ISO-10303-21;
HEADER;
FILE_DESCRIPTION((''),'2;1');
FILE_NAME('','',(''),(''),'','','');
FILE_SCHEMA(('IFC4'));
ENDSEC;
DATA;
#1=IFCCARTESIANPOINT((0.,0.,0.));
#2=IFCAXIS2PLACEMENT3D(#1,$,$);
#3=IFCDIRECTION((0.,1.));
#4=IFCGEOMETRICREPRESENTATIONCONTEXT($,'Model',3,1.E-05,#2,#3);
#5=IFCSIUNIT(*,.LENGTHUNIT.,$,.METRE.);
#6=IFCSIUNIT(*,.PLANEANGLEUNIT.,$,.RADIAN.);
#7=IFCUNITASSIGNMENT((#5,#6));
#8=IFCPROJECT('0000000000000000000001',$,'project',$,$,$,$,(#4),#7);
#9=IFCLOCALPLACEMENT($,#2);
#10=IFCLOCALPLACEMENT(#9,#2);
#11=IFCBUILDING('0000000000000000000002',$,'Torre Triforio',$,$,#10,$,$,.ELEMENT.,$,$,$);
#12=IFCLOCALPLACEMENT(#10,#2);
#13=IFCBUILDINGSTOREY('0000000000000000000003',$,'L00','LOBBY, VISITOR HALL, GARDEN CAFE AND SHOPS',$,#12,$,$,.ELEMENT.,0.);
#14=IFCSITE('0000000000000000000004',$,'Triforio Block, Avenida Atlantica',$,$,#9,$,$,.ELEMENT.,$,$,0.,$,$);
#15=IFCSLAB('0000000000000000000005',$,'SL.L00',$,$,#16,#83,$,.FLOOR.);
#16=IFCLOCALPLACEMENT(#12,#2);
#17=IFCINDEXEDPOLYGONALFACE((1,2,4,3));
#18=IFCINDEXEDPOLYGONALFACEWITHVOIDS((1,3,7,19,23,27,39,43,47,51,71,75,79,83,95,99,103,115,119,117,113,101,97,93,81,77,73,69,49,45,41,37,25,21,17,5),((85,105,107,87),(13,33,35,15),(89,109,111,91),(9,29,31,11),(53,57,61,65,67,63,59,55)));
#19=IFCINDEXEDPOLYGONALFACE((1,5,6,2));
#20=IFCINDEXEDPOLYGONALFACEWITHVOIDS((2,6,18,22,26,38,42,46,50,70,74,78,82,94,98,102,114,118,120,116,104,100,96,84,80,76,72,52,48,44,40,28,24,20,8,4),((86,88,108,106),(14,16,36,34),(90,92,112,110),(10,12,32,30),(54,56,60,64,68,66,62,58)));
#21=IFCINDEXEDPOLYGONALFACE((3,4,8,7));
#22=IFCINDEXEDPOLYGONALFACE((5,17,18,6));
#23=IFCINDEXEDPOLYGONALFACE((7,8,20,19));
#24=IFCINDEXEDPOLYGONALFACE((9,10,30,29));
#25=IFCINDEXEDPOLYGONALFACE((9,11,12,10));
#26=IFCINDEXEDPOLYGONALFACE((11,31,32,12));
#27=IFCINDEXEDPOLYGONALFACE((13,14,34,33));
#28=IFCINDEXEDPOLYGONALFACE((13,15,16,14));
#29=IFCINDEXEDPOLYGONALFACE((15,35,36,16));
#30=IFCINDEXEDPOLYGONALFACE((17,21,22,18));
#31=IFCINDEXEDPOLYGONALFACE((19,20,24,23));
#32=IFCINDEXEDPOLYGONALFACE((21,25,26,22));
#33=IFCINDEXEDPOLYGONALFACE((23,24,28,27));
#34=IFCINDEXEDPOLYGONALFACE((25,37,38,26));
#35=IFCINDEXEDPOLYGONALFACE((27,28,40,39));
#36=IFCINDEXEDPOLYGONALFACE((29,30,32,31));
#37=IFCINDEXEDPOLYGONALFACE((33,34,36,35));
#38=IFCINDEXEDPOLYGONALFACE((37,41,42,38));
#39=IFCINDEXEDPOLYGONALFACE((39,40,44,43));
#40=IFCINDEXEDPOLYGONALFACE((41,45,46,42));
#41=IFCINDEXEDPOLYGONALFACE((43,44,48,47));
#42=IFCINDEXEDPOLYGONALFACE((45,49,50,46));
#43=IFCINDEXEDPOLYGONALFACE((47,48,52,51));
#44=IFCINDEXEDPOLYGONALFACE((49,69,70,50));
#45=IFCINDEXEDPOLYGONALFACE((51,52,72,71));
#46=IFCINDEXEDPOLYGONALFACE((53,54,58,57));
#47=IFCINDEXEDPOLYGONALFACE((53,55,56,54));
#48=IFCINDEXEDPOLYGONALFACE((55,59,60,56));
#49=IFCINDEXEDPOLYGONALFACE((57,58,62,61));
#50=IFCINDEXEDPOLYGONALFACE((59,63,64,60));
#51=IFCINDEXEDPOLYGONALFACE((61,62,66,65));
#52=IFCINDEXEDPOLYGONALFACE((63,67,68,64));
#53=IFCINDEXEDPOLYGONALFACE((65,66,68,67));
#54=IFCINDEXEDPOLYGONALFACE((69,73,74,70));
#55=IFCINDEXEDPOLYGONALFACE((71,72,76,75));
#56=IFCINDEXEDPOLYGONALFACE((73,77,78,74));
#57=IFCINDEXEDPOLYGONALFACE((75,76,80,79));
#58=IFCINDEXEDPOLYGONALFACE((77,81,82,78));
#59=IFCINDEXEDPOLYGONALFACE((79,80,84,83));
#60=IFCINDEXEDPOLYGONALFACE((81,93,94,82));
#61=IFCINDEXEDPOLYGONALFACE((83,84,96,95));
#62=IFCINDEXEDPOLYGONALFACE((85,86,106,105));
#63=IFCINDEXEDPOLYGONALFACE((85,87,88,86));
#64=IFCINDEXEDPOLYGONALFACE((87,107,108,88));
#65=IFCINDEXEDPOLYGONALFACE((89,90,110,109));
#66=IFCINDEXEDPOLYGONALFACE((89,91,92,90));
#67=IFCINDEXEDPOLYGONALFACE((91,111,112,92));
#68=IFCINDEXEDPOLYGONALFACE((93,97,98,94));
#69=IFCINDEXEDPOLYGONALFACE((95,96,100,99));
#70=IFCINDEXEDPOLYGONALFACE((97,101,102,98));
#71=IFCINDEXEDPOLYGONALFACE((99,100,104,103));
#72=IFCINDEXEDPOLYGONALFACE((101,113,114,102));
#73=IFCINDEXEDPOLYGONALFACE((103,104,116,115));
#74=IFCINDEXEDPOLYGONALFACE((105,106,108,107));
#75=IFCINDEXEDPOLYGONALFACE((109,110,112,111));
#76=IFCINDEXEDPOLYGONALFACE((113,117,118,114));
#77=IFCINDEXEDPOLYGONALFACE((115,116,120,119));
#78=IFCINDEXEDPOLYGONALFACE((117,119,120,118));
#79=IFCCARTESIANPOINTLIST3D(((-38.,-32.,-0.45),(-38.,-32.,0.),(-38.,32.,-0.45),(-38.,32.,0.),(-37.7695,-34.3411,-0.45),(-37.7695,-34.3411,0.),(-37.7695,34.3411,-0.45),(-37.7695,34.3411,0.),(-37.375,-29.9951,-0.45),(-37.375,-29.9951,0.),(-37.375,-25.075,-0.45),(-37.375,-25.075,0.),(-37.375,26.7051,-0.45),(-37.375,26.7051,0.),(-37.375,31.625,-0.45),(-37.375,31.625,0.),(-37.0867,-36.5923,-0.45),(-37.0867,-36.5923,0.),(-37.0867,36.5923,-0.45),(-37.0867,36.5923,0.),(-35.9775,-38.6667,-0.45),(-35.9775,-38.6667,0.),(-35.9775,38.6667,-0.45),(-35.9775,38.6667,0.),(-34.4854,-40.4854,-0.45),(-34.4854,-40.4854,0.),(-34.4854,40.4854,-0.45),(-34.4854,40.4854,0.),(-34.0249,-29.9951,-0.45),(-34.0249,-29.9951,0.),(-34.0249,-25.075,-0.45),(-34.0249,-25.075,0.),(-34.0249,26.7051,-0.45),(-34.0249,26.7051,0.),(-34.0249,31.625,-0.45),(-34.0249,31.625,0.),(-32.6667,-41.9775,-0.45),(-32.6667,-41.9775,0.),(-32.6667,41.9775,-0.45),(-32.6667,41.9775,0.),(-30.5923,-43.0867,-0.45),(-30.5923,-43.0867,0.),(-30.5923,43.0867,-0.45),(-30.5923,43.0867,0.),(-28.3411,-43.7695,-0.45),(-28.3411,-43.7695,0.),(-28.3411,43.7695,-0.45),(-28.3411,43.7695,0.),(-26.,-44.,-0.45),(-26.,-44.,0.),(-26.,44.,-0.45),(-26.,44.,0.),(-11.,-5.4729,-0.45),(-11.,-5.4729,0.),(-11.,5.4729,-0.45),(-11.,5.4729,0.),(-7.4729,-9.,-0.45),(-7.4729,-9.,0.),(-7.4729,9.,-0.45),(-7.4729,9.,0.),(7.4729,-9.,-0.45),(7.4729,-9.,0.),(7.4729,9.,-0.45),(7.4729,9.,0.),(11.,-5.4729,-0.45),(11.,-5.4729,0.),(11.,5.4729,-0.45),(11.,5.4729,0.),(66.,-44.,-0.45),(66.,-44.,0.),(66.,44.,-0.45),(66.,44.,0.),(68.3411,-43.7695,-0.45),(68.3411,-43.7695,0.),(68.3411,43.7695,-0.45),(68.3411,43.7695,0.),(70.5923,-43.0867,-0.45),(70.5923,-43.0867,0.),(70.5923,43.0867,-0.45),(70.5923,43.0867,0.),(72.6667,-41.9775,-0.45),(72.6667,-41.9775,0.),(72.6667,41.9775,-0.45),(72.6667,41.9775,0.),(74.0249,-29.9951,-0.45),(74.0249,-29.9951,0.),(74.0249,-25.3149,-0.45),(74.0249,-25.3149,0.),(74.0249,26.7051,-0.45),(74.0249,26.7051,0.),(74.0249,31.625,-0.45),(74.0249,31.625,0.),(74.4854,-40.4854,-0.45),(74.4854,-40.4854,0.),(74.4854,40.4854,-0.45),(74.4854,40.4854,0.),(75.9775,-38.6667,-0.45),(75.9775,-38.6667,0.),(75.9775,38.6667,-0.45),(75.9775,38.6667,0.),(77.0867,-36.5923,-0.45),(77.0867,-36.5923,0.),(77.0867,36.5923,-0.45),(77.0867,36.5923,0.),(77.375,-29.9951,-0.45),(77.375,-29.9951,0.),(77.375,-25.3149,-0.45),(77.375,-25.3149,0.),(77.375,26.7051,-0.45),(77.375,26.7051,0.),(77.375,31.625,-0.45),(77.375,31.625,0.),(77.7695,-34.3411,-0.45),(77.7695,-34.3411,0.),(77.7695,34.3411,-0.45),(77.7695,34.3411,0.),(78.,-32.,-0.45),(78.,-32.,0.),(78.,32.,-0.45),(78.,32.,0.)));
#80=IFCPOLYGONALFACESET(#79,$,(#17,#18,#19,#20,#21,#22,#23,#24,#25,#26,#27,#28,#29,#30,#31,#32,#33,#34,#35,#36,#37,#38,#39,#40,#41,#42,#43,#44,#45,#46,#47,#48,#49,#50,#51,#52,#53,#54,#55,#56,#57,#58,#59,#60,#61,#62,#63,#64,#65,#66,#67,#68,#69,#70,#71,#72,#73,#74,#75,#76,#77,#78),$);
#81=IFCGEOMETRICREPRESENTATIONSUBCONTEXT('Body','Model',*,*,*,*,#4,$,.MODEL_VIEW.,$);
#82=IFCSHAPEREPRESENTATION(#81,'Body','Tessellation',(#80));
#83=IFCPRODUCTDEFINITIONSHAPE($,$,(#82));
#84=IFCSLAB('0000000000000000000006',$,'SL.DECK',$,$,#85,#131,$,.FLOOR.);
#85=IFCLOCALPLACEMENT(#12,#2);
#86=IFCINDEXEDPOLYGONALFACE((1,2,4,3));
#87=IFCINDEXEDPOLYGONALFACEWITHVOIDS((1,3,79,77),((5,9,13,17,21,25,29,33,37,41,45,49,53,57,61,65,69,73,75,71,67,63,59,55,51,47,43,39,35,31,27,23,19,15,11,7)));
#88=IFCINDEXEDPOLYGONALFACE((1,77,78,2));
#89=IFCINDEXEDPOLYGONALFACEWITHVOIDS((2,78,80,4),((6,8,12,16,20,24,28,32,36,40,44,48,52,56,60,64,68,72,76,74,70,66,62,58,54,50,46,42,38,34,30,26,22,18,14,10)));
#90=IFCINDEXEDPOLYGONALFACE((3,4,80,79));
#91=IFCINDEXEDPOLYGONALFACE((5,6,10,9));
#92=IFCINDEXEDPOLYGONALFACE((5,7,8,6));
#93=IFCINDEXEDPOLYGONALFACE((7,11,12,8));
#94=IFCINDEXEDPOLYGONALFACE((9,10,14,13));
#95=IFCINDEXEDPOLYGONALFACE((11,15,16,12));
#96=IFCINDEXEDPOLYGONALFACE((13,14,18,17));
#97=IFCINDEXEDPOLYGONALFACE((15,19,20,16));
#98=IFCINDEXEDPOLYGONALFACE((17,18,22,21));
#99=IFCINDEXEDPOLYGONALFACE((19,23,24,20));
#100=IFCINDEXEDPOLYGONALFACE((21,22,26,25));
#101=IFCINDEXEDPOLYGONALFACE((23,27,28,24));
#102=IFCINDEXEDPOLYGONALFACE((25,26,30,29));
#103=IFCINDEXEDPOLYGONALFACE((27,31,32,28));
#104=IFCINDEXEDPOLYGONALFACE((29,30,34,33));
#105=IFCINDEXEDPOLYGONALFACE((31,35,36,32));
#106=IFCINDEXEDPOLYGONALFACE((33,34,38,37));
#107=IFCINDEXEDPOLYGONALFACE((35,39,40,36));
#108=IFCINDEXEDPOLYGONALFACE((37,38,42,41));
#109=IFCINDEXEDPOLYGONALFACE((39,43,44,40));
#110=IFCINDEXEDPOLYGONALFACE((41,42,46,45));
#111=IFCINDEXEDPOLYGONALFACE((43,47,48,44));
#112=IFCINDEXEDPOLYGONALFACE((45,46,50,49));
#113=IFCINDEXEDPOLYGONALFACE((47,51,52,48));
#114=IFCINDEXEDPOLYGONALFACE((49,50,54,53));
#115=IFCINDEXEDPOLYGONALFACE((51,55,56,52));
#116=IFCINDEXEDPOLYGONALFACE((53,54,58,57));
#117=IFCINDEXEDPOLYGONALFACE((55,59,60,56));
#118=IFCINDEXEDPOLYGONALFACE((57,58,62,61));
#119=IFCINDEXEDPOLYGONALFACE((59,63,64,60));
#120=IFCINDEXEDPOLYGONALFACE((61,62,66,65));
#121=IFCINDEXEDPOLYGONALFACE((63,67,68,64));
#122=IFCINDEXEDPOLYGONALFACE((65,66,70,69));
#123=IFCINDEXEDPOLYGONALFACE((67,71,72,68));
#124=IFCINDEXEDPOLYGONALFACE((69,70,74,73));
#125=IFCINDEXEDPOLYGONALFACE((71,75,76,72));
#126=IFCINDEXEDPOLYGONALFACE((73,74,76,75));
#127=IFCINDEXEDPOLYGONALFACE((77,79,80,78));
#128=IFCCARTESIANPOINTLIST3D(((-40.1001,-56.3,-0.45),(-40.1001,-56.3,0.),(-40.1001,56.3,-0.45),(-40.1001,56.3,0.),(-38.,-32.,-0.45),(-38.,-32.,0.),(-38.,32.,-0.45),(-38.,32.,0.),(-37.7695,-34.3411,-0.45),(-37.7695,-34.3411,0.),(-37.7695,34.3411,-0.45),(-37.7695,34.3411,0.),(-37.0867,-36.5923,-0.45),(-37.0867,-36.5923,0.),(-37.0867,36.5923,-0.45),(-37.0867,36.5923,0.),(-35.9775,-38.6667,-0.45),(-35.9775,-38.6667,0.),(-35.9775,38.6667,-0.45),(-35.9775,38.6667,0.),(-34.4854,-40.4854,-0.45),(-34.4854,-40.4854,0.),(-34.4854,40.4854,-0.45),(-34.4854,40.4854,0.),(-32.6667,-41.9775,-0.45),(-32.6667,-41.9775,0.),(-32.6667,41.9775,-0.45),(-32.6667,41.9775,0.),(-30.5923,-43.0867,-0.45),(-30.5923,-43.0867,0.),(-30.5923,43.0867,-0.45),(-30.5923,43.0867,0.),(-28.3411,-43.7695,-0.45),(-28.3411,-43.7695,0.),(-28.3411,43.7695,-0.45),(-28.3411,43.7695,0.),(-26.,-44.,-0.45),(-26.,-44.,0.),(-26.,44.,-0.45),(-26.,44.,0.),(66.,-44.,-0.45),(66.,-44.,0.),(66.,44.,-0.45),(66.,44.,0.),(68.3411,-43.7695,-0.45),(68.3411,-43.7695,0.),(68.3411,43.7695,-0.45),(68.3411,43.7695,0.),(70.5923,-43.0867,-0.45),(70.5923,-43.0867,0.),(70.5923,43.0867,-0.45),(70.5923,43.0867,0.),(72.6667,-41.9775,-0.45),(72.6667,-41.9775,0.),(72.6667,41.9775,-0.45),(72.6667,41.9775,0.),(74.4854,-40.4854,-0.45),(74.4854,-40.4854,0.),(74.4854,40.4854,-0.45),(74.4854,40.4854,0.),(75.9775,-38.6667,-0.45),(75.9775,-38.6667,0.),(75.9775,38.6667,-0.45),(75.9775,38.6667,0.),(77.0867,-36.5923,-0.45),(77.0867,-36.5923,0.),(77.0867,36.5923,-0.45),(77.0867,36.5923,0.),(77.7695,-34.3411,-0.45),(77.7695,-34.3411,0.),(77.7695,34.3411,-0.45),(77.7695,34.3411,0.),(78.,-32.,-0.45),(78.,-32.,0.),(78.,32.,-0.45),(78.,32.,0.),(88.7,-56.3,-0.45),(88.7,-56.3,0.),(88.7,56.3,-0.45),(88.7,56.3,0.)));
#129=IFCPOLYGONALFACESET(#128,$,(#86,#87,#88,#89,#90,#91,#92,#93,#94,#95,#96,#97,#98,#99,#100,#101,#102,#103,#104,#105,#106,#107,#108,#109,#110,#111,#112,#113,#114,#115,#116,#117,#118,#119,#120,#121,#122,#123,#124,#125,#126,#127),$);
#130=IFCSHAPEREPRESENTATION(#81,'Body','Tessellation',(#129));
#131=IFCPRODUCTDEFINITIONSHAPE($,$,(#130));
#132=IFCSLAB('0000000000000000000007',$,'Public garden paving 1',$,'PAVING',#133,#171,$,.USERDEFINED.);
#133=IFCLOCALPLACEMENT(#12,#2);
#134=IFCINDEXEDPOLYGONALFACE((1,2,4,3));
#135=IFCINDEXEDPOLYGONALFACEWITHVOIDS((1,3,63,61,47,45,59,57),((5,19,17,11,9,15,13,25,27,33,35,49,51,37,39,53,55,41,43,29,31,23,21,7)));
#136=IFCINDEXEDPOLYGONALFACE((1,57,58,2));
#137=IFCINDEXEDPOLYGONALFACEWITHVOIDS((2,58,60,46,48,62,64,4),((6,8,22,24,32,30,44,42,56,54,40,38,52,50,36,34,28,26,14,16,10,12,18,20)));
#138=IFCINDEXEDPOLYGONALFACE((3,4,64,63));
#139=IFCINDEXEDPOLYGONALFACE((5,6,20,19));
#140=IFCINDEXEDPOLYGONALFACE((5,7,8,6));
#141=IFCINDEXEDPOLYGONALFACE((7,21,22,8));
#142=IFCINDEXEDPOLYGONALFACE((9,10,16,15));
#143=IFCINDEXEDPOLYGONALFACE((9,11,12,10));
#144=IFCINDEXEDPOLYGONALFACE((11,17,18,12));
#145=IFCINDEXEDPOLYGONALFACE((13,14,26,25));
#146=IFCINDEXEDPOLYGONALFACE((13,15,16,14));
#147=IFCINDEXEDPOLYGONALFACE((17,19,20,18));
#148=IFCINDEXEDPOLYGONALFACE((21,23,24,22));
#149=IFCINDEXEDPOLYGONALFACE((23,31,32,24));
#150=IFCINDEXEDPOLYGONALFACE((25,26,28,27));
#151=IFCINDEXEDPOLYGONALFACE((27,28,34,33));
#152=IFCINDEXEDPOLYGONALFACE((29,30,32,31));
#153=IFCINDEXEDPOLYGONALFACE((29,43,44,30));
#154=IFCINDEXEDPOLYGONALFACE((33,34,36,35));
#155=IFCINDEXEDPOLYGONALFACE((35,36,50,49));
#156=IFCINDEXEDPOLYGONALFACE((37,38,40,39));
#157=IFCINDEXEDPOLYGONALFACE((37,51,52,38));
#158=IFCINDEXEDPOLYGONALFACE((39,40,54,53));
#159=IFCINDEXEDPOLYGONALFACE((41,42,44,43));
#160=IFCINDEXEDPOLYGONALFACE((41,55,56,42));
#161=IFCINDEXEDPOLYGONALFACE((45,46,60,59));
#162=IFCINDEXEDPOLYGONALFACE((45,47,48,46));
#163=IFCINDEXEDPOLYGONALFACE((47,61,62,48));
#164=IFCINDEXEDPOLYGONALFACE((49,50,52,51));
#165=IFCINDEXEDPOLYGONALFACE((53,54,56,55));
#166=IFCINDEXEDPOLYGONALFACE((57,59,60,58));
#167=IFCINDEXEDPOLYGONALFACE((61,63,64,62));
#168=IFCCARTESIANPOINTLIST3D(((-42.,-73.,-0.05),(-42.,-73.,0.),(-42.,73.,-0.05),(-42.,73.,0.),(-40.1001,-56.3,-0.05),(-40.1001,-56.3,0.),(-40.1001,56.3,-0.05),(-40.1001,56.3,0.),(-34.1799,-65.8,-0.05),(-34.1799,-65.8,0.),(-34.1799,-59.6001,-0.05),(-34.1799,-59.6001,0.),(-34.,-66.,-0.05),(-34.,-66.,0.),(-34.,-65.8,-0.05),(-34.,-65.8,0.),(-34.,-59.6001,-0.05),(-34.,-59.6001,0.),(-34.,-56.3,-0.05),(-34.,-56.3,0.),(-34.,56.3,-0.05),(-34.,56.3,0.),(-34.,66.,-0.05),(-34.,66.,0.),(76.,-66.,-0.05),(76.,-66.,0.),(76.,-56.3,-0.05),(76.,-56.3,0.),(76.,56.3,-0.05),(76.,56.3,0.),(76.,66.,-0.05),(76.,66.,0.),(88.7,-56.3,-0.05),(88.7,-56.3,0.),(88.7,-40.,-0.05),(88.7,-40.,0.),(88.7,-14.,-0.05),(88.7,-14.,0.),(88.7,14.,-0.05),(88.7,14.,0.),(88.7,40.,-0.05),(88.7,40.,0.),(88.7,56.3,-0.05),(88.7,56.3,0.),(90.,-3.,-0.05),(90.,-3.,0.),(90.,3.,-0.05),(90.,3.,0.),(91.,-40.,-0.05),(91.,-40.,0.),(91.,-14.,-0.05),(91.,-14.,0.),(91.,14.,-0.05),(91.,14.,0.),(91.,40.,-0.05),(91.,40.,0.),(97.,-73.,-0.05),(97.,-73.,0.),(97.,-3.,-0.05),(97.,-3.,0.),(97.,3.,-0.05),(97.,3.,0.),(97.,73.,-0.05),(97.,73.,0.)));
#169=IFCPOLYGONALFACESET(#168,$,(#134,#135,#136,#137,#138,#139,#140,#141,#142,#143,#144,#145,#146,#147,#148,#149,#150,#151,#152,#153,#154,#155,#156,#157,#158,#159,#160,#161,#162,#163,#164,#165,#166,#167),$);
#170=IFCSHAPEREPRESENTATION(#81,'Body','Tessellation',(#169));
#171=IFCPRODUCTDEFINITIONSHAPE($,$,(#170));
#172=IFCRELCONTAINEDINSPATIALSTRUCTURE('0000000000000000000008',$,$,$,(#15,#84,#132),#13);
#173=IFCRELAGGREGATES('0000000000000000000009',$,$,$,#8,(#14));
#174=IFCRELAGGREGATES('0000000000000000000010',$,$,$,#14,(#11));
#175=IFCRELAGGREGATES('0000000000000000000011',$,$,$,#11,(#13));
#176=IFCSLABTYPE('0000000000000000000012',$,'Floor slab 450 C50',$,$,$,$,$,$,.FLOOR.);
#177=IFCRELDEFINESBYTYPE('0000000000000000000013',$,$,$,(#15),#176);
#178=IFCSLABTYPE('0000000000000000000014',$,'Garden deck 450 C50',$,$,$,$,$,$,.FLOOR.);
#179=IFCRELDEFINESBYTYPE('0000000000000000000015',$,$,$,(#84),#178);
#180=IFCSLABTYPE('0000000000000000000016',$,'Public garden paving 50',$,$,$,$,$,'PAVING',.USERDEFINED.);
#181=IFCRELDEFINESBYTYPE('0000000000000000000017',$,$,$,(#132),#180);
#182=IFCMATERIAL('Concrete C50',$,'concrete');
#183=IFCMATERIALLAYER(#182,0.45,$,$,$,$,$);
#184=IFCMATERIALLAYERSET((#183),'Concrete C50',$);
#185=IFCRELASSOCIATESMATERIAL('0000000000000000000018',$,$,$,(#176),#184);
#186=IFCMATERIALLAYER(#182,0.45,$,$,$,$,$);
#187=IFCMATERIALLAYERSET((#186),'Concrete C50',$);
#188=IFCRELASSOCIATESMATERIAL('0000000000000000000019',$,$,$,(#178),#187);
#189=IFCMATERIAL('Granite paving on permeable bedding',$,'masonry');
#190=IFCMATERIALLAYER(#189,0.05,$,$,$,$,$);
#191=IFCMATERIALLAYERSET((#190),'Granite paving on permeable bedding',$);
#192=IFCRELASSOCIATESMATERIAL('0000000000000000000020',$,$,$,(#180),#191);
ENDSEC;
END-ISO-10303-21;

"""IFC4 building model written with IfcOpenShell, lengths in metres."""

from ifc_helpers import new_model, si_unit, direction, frame, origin, place, context, subcontext, project, spatial, polyline, outline, extrude, material, layer, layer_set, type_object, element, save


model = new_model("IFC4")

# Units and contexts
model_context = context("Model", 3, precision=1e-05, world=origin(), true_north=direction((0.0, 1.0)))
body_context = subcontext(model_context, "Body", "Model", "MODEL_VIEW")
ifc_project = project(units=[si_unit("LENGTHUNIT", "METRE"), si_unit("PLANEANGLEUNIT", "RADIAN")], contexts=[model_context])

# Site, building, storey
site_placement = place(None, origin())
site = spatial("IfcSite", under=ifc_project, at=site_placement, Name="Triforio Block, Avenida Atlantica", CompositionType="ELEMENT", RefElevation=0.0)
building_placement = place(site_placement, origin())
building = spatial("IfcBuilding", under=site, at=building_placement, Name="Torre Triforio", CompositionType="ELEMENT")
storey_placement = place(building_placement, origin())
storey = spatial("IfcBuildingStorey", under=building, at=storey_placement, Name="L00", Description="LOBBY, VISITOR HALL, GARDEN CAFE AND SHOPS", CompositionType="ELEMENT", Elevation=0.0)

# Slabs
ifc_material_1 = material(Name="Concrete C50", Category="concrete")
ifc_layer_1 = layer(ifc_material_1, 0.45)
ifc_layer_set_1 = layer_set([ifc_layer_1], Name="Concrete C50")
slab_type_1 = type_object("IfcSlabType", Name="Floor slab 450 C50", PredefinedType="FLOOR", material=ifc_layer_set_1)
slab_1_placement = place(storey_placement, frame((0.0, 0.0, -0.45)))
element("IfcSlab", 1, at=slab_1_placement, inside=storey, type_object=slab_type_1, Name="SL.L00", PredefinedType="FLOOR", context=body_context, shape_type="SweptSolid", body=[
    extrude(outline(polyline([(-28.3411, -43.7695), (-26.0, -44.0), (66.0, -44.0), (68.3411, -43.7695), (70.5923, -43.0867), (72.6667, -41.9775), (74.4854, -40.4854), (75.9775, -38.6667), (77.0867, -36.5923), (77.7695, -34.3411), (78.0, -32.0), (78.0, 32.0), (77.7695, 34.3411), (77.0867, 36.5923), (75.9775, 38.6667), (74.4854, 40.4854), (72.6667, 41.9775), (70.5923, 43.0867), (68.3411, 43.7695), (66.0, 44.0), (-26.0, 44.0), (-28.3411, 43.7695), (-30.5923, 43.0867), (-32.6667, 41.9775), (-34.4854, 40.4854), (-35.9775, 38.6667), (-37.0867, 36.5923), (-37.7695, 34.3411), (-38.0, 32.0), (-38.0, -32.0), (-37.7695, -34.3411), (-37.0867, -36.5923), (-35.9775, -38.6667), (-34.4854, -40.4854), (-32.6667, -41.9775), (-30.5923, -43.0867), (-28.3411, -43.7695)]), holes=[polyline([(7.4729, 9.0), (11.0, 5.4729), (11.0, -5.4729), (7.4729, -9.0), (-7.4729, -9.0), (-11.0, -5.4729), (-11.0, 5.4729), (-7.4729, 9.0), (7.4729, 9.0)]), polyline([(74.0249, -25.3149), (77.375, -25.3149), (77.375, -29.9951), (74.0249, -29.9951), (74.0249, -25.3149)]), polyline([(-37.375, -25.075), (-34.0249, -25.075), (-34.0249, -29.9951), (-37.375, -29.9951), (-37.375, -25.075)]), polyline([(-37.375, 31.625), (-34.0249, 31.625), (-34.0249, 26.7051), (-37.375, 26.7051), (-37.375, 31.625)]), polyline([(74.0249, 31.625), (77.375, 31.625), (77.375, 26.7051), (74.0249, 26.7051), (74.0249, 31.625)])]), origin(), (0.0, 0.0, 1.0), 0.45),
])
ifc_layer_2 = layer(ifc_material_1, 0.45)
ifc_layer_set_2 = layer_set([ifc_layer_2], Name="Concrete C50")
slab_type_2 = type_object("IfcSlabType", Name="Garden deck 450 C50", PredefinedType="FLOOR", material=ifc_layer_set_2)
slab_2_placement = place(storey_placement, frame((0.0, 0.0, -0.45)))
element("IfcSlab", 2, at=slab_2_placement, inside=storey, type_object=slab_type_2, Name="SL.DECK", PredefinedType="FLOOR", context=body_context, shape_type="SweptSolid", body=[
    extrude(outline(polyline([(88.7, 56.3), (-40.1001, 56.3), (-40.1001, -56.3), (88.7, -56.3), (88.7, 56.3)]), holes=[polyline([(70.5923, -43.0867), (68.3411, -43.7695), (66.0, -44.0), (-26.0, -44.0), (-28.3411, -43.7695), (-30.5923, -43.0867), (-32.6667, -41.9775), (-34.4854, -40.4854), (-35.9775, -38.6667), (-37.0867, -36.5923), (-37.7695, -34.3411), (-38.0, -32.0), (-38.0, 32.0), (-37.7695, 34.3411), (-37.0867, 36.5923), (-35.9775, 38.6667), (-34.4854, 40.4854), (-32.6667, 41.9775), (-30.5923, 43.0867), (-28.3411, 43.7695), (-26.0, 44.0), (66.0, 44.0), (68.3411, 43.7695), (70.5923, 43.0867), (72.6667, 41.9775), (74.4854, 40.4854), (75.9775, 38.6667), (77.0867, 36.5923), (77.7695, 34.3411), (78.0, 32.0), (78.0, -32.0), (77.7695, -34.3411), (77.0867, -36.5923), (75.9775, -38.6667), (74.4854, -40.4854), (72.6667, -41.9775), (70.5923, -43.0867)])]), origin(), (0.0, 0.0, 1.0), 0.45),
])
ifc_material_2 = material(Name="Granite paving on permeable bedding", Category="masonry")
ifc_layer_3 = layer(ifc_material_2, 0.05)
ifc_layer_set_3 = layer_set([ifc_layer_3], Name="Granite paving on permeable bedding")
slab_type_3 = type_object("IfcSlabType", Name="Public garden paving 50", ElementType="PAVING", PredefinedType="USERDEFINED", material=ifc_layer_set_3)
slab_3_placement = place(storey_placement, frame((0.0, 0.0, -0.05)))
element("IfcSlab", 3, at=slab_3_placement, inside=storey, type_object=slab_type_3, Name="Public garden paving 1", ObjectType="PAVING", PredefinedType="USERDEFINED", context=body_context, shape_type="SweptSolid", body=[
    extrude(outline(polyline([(90.0, 3.0), (90.0, -3.0), (97.0, -3.0), (97.0, -73.0), (-42.0, -73.0), (-42.0, 73.0), (97.0, 73.0), (97.0, 3.0), (90.0, 3.0)]), holes=[polyline([(-34.0, 66.0), (-34.0, 56.3), (-40.1001, 56.3), (-40.1001, -56.3), (-34.0, -56.3), (-34.0, -59.6001), (-34.1799, -59.6001), (-34.1799, -65.8), (-34.0, -65.8), (-34.0, -66.0), (76.0, -66.0), (76.0, -56.3), (88.7, -56.3), (88.7, -40.0), (91.0, -40.0), (91.0, -14.0), (88.7, -14.0), (88.7, 14.0), (91.0, 14.0), (91.0, 40.0), (88.7, 40.0), (88.7, 56.3), (76.0, 56.3), (76.0, 66.0), (-34.0, 66.0)])]), origin(), (0.0, 0.0, 1.0), 0.05),
])

save(model, "model.ifc")
